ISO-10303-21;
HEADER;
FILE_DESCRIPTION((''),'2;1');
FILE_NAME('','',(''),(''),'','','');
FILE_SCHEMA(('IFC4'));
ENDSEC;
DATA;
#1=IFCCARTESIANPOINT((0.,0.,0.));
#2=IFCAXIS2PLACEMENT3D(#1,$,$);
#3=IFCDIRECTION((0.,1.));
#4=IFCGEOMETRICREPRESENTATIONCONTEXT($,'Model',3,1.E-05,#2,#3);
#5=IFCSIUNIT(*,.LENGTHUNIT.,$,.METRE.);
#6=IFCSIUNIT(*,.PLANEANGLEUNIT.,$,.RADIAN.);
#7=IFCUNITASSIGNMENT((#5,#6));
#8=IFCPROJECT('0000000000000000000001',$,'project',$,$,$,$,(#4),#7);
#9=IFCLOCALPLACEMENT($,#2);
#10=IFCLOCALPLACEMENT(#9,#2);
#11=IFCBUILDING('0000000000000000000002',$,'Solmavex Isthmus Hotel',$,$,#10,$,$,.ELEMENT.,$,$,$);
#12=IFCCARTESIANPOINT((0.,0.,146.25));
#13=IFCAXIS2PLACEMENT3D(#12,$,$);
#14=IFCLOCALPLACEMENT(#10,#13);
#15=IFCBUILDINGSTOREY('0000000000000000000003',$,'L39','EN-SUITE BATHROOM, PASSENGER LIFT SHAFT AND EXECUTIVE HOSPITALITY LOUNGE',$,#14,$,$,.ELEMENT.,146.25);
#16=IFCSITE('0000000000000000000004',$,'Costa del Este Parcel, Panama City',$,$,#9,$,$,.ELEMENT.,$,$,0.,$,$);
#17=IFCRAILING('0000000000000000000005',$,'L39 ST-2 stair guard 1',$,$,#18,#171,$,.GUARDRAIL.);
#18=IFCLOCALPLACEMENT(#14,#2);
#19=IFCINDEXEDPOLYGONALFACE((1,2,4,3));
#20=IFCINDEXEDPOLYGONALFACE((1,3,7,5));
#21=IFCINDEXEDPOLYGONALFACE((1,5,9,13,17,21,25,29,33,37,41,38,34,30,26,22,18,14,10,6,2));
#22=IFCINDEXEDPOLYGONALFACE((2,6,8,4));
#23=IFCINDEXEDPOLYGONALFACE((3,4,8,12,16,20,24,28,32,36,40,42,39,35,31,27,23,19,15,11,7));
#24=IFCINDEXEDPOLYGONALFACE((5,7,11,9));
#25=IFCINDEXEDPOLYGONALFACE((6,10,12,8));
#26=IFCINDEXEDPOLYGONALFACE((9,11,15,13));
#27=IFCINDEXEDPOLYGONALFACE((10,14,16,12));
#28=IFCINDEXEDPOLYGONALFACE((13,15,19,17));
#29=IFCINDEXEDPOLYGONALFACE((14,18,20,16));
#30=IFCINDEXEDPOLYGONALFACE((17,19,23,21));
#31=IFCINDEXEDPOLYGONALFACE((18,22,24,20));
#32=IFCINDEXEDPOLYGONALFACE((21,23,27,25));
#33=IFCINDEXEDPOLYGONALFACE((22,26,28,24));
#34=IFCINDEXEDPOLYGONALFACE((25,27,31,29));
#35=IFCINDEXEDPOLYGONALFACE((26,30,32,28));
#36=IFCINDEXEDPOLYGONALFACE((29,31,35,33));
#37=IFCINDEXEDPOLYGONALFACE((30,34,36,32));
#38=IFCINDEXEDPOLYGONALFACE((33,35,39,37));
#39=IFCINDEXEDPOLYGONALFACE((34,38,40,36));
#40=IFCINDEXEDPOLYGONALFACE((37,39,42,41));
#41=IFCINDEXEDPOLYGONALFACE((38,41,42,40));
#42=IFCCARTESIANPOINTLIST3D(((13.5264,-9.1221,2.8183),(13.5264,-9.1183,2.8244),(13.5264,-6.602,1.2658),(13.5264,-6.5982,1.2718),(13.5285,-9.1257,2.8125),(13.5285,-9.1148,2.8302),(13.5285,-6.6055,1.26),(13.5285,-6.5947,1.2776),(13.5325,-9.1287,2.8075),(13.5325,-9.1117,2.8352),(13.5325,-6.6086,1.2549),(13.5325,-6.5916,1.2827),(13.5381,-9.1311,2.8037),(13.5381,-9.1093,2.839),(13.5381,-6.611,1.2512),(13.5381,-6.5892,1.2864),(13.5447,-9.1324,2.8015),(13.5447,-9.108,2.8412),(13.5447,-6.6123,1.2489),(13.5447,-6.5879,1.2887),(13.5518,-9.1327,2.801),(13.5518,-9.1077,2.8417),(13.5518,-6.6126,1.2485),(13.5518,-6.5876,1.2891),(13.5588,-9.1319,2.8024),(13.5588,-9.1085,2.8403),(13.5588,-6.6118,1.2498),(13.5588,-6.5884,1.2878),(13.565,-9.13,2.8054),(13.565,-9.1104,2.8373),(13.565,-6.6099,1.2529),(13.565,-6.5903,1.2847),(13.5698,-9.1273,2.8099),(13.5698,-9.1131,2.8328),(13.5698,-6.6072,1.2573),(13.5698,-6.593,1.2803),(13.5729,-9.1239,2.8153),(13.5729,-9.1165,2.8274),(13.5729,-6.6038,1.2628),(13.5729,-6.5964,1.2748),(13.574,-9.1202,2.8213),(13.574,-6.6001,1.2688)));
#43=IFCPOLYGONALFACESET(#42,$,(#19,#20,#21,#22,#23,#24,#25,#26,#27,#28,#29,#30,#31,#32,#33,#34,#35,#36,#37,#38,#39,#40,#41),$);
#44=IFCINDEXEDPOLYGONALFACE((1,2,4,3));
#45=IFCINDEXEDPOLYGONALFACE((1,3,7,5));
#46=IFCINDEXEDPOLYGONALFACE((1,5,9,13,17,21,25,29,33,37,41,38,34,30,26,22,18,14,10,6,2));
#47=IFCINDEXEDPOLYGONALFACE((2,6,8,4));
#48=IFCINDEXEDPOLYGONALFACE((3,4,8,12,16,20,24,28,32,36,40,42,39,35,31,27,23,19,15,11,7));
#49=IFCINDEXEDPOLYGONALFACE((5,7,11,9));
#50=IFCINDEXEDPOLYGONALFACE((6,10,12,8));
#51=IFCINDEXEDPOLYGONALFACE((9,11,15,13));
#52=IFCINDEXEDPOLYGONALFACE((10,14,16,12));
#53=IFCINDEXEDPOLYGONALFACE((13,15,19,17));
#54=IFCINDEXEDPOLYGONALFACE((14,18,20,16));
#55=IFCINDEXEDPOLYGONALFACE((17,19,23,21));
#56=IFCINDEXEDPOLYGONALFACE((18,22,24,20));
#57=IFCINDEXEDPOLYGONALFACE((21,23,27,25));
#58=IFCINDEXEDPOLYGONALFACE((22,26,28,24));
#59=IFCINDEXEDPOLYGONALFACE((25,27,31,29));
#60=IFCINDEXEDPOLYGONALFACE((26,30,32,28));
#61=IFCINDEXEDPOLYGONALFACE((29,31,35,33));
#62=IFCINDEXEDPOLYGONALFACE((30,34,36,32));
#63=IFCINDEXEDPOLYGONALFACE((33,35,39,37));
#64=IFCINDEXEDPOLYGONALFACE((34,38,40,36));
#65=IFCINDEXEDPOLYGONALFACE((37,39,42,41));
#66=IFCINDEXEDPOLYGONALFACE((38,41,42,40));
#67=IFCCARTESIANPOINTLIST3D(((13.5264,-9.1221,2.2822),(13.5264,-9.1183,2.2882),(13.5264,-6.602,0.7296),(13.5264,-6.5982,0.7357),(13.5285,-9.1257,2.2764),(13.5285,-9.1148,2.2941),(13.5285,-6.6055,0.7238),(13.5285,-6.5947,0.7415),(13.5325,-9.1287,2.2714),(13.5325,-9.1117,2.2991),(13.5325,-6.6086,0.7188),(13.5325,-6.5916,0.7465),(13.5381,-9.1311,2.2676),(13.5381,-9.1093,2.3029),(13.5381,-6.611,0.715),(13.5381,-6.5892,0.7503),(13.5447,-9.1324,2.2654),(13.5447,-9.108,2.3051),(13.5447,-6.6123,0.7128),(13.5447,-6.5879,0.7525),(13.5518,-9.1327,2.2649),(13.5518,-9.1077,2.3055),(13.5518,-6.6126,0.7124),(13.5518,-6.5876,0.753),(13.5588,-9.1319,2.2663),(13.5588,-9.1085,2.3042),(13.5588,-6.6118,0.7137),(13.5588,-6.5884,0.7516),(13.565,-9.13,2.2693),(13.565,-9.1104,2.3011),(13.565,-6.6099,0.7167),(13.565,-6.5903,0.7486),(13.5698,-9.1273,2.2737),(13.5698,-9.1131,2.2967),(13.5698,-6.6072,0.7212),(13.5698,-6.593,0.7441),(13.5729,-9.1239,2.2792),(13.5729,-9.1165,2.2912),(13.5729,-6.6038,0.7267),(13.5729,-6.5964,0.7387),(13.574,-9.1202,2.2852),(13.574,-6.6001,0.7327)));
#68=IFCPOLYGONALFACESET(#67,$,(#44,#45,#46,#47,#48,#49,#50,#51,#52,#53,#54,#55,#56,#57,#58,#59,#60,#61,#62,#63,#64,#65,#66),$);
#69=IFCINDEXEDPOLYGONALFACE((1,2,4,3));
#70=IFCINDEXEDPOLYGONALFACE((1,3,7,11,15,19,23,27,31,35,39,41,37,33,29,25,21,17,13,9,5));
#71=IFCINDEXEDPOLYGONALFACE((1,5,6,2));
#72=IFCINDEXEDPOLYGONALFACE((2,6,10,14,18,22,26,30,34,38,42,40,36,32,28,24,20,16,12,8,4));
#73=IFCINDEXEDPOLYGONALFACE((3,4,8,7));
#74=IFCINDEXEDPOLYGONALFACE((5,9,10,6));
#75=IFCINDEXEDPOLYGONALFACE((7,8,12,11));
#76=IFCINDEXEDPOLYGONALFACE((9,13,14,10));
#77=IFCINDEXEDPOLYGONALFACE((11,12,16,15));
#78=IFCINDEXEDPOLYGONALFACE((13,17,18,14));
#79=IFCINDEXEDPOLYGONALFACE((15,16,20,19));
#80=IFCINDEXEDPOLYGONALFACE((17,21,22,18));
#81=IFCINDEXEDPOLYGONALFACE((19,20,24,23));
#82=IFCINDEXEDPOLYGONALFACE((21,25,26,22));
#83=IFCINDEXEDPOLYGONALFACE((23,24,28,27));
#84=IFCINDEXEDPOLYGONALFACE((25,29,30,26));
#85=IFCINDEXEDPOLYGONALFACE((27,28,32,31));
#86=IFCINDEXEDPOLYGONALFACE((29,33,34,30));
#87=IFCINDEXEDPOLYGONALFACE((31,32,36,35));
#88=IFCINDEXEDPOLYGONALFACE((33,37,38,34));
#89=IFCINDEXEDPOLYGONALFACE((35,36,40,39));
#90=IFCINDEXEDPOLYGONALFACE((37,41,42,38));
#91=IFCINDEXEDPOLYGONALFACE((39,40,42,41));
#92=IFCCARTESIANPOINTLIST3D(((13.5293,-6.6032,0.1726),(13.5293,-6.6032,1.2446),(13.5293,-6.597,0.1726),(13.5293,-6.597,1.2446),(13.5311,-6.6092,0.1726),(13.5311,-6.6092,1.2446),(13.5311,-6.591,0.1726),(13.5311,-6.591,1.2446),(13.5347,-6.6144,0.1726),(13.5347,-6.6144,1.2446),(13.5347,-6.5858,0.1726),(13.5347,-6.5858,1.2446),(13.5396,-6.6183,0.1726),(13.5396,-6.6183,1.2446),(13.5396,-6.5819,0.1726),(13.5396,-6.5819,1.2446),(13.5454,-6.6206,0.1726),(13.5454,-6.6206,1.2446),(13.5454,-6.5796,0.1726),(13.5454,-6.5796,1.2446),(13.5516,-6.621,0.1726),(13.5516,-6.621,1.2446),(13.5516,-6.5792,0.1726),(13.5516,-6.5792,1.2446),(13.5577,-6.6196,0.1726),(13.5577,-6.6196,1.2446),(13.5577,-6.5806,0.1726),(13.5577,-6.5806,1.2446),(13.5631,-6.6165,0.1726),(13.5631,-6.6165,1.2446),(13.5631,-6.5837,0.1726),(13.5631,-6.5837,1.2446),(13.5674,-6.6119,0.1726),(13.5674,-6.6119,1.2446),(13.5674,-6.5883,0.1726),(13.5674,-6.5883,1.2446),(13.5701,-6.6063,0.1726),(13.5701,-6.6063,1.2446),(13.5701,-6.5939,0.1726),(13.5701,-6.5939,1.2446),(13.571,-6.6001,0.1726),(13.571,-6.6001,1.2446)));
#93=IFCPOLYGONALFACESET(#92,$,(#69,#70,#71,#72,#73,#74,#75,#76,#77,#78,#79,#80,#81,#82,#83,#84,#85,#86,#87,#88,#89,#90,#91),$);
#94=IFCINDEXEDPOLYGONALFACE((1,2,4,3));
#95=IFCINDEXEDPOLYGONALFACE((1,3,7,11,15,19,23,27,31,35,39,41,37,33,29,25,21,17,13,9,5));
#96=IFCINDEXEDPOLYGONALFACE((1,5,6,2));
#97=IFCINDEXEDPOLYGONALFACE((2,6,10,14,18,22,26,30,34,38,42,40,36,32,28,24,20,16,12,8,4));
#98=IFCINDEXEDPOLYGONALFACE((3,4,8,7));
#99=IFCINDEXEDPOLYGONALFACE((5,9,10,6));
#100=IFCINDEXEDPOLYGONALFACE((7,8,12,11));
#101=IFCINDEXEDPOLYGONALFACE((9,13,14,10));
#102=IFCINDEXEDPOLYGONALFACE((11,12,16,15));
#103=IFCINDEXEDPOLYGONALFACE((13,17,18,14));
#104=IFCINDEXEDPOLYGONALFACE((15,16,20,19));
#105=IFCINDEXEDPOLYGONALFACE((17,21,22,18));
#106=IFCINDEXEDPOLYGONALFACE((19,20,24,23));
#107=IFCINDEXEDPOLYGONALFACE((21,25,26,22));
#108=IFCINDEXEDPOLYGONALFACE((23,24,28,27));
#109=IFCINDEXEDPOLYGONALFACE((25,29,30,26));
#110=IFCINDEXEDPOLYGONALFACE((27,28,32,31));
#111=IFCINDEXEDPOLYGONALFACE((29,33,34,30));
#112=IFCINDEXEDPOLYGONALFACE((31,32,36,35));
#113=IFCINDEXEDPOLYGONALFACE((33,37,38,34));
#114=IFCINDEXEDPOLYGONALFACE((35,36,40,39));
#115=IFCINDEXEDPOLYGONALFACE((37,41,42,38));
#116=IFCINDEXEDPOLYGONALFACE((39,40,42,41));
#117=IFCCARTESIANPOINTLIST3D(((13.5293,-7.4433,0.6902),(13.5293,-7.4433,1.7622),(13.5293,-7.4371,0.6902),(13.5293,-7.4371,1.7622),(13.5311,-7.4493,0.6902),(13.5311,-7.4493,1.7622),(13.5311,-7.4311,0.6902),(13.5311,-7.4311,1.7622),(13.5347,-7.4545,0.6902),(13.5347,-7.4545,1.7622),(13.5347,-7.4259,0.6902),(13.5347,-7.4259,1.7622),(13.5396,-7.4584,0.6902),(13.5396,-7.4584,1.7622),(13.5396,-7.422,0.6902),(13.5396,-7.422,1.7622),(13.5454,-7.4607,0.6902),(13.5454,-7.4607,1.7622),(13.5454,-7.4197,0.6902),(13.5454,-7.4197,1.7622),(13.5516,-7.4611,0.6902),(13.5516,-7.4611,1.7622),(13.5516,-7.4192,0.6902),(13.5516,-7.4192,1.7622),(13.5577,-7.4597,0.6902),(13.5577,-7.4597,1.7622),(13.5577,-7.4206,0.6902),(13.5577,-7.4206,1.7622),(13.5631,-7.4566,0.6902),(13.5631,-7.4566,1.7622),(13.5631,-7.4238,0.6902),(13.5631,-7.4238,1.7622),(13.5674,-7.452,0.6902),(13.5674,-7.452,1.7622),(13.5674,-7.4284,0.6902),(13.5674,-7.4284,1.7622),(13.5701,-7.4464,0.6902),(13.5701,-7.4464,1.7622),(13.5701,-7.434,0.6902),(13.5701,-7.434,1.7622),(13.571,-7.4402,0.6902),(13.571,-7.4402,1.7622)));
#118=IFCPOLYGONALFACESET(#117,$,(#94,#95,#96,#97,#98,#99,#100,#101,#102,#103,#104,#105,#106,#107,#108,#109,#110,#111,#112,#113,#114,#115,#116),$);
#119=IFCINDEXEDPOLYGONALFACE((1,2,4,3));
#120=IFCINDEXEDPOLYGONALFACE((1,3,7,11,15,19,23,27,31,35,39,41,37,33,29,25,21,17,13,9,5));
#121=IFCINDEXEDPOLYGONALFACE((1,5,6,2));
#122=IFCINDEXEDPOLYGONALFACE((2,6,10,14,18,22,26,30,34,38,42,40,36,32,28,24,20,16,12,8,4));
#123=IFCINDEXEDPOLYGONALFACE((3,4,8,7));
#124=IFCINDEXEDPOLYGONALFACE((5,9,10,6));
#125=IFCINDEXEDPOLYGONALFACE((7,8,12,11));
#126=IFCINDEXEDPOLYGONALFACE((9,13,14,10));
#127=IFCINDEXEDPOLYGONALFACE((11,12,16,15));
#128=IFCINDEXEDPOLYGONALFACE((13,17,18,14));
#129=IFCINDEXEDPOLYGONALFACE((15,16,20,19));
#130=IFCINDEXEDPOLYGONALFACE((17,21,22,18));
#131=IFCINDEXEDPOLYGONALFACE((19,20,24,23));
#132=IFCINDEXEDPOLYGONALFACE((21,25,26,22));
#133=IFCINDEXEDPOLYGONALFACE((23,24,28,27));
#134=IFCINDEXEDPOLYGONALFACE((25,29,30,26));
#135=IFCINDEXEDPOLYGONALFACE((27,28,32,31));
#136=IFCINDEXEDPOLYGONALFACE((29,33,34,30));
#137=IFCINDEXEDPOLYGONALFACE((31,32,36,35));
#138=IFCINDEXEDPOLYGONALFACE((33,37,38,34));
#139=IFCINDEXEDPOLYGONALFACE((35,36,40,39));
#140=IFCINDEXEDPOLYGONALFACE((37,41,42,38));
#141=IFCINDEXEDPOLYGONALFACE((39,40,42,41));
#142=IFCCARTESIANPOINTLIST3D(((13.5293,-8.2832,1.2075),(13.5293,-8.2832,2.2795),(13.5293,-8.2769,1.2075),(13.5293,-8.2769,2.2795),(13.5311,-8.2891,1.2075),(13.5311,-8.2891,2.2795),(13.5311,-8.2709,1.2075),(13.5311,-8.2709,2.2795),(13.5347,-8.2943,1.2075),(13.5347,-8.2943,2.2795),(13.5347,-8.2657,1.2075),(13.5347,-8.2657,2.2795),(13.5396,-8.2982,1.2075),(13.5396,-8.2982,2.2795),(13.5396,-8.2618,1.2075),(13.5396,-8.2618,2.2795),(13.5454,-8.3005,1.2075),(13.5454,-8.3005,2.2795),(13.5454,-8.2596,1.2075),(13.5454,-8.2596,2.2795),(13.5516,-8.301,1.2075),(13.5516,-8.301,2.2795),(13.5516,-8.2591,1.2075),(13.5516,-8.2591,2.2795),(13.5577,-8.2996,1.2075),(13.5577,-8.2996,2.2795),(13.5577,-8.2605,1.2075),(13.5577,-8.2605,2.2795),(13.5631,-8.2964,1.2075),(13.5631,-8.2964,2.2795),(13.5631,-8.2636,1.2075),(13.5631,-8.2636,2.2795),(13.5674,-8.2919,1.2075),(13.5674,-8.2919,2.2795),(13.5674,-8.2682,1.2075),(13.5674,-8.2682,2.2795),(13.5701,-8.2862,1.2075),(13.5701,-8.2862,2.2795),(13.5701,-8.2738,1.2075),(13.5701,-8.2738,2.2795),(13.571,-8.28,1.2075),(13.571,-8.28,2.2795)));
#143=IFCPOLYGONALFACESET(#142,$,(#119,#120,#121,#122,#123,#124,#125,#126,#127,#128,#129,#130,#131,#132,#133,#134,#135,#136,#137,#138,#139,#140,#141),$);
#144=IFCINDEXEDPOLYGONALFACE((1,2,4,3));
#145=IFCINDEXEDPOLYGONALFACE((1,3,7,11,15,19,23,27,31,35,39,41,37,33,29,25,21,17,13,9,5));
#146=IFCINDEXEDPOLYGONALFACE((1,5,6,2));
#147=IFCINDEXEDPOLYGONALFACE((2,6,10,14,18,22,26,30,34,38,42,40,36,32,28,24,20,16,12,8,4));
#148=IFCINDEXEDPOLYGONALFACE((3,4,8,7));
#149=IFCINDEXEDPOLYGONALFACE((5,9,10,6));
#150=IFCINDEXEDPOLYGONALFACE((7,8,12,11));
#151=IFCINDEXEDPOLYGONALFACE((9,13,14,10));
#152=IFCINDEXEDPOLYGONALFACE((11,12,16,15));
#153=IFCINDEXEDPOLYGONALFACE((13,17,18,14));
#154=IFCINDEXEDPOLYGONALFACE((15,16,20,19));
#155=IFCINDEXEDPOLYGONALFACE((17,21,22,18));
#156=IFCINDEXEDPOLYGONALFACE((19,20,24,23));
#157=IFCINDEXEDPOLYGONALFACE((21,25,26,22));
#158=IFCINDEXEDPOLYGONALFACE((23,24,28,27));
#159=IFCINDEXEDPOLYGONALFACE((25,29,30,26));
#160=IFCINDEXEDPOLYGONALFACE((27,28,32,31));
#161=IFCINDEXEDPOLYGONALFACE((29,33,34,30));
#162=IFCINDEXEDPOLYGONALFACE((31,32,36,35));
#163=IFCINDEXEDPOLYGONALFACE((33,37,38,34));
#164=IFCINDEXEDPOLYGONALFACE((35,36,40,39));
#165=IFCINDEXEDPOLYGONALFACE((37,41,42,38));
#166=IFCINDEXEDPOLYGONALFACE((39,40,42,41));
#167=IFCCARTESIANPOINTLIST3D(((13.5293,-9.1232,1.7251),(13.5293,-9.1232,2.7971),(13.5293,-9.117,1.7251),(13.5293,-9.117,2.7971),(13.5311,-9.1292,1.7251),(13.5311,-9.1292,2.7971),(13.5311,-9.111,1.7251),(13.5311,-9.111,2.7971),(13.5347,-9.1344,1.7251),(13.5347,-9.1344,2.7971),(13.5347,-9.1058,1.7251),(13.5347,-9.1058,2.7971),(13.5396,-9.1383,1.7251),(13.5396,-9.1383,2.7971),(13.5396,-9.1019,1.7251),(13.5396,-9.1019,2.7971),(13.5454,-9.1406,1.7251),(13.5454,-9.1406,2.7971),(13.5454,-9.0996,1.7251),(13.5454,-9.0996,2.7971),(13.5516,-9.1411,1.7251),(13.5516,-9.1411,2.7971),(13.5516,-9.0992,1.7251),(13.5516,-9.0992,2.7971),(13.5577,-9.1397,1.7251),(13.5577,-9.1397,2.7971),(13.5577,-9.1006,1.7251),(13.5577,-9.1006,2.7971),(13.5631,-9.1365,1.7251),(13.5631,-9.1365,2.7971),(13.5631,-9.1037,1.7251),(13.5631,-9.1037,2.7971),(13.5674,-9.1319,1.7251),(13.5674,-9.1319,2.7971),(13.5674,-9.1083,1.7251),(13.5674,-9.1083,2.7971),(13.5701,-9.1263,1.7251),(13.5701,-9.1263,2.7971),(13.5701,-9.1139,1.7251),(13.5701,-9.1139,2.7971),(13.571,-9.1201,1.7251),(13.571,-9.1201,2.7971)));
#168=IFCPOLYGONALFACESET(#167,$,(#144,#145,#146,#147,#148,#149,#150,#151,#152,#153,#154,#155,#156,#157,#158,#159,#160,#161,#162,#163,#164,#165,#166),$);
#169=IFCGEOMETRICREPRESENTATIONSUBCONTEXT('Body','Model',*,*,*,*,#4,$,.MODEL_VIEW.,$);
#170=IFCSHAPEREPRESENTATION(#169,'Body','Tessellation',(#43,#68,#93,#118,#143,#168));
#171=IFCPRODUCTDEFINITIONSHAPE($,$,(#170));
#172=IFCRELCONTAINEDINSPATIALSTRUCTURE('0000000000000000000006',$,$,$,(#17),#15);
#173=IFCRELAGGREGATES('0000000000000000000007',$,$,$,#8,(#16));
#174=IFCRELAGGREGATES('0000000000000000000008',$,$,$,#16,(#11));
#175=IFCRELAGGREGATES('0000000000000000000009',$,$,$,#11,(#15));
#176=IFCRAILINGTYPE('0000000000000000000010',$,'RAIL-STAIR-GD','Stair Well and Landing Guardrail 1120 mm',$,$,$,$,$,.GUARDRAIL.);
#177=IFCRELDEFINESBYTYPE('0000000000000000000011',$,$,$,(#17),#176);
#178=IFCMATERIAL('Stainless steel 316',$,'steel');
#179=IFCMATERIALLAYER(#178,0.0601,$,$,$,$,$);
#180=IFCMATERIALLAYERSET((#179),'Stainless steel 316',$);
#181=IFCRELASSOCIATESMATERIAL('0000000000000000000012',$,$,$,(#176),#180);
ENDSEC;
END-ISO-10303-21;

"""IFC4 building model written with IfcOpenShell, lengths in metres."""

from ifc_helpers import new_model, si_unit, direction, frame, origin, origin_2d, place, context, subcontext, project, spatial, circle, extrude, material, layer, layer_set, type_object, element, save


model = new_model("IFC4")

# Units and contexts
model_context = context("Model", 3, precision=1e-05, world=origin(), true_north=direction((0.0, 1.0)))
body_context = subcontext(model_context, "Body", "Model", "MODEL_VIEW")
ifc_project = project(units=[si_unit("LENGTHUNIT", "METRE"), si_unit("PLANEANGLEUNIT", "RADIAN")], contexts=[model_context])

# Site, building, storey
site_placement = place(None, origin())
site = spatial("IfcSite", under=ifc_project, at=site_placement, Name="Costa del Este Parcel, Panama City", CompositionType="ELEMENT", RefElevation=0.0)
building_placement = place(site_placement, origin())
building = spatial("IfcBuilding", under=site, at=building_placement, Name="Solmavex Isthmus Hotel", CompositionType="ELEMENT")
storey_placement = place(building_placement, frame((0.0, 0.0, 146.25)))
storey = spatial("IfcBuildingStorey", under=building, at=storey_placement, Name="L39", Description="EN-SUITE BATHROOM, PASSENGER LIFT SHAFT AND EXECUTIVE HOSPITALITY LOUNGE", CompositionType="ELEMENT", Elevation=146.25)

# Shared definitions
ifc_material_1 = material(Name="Stainless steel 316", Category="steel")

# Railing
ifc_layer_1 = layer(ifc_material_1, 0.0601)
ifc_layer_set_1 = layer_set([ifc_layer_1], Name="Stainless steel 316")
railing_type_1 = type_object("IfcRailingType", Name="RAIL-STAIR-GD", Description="Stair Well and Landing Guardrail 1120 mm", PredefinedType="GUARDRAIL", material=ifc_layer_set_1)
railing_1_placement = place(storey_placement, frame((13.55, -6.6001, 0.1726)))
element("IfcRailing", 1, at=railing_1_placement, inside=storey, type_object=railing_type_1, Name="L39 ST-2 stair guard 1", PredefinedType="GUARDRAIL", context=body_context, shape_type="SweptSolid", body=[
    extrude(circle(Radius=0.0239, at=origin_2d()), frame((0.0, 0.0, 1.0962), z_axis=(0.0, -0.8514, 0.524516), x_axis=(1.0, 0.0, 0.0)), (0.0, 0.0, 1.0), 2.96),
    extrude(circle(Radius=0.0239, at=origin_2d()), frame((0.0, 0.0, 0.5601), z_axis=(0.0, -0.8514, 0.524516), x_axis=(1.0, 0.0, 0.0)), (0.0, 0.0, 1.0), 2.96),
    extrude(circle(Radius=0.021, at=origin_2d()), origin(), (0.0, 0.0, 1.0), 1.072),
    extrude(circle(Radius=0.021, at=origin_2d()), frame((0.0, -0.8401, 0.5176)), (0.0, 0.0, 1.0), 1.072),
    extrude(circle(Radius=0.021, at=origin_2d()), frame((0.0, -1.6799, 1.0349)), (0.0, 0.0, 1.0), 1.072),
    extrude(circle(Radius=0.021, at=origin_2d()), frame((0.0, -2.52, 1.5525)), (0.0, 0.0, 1.0), 1.072),
])

save(model, "model.ifc")
